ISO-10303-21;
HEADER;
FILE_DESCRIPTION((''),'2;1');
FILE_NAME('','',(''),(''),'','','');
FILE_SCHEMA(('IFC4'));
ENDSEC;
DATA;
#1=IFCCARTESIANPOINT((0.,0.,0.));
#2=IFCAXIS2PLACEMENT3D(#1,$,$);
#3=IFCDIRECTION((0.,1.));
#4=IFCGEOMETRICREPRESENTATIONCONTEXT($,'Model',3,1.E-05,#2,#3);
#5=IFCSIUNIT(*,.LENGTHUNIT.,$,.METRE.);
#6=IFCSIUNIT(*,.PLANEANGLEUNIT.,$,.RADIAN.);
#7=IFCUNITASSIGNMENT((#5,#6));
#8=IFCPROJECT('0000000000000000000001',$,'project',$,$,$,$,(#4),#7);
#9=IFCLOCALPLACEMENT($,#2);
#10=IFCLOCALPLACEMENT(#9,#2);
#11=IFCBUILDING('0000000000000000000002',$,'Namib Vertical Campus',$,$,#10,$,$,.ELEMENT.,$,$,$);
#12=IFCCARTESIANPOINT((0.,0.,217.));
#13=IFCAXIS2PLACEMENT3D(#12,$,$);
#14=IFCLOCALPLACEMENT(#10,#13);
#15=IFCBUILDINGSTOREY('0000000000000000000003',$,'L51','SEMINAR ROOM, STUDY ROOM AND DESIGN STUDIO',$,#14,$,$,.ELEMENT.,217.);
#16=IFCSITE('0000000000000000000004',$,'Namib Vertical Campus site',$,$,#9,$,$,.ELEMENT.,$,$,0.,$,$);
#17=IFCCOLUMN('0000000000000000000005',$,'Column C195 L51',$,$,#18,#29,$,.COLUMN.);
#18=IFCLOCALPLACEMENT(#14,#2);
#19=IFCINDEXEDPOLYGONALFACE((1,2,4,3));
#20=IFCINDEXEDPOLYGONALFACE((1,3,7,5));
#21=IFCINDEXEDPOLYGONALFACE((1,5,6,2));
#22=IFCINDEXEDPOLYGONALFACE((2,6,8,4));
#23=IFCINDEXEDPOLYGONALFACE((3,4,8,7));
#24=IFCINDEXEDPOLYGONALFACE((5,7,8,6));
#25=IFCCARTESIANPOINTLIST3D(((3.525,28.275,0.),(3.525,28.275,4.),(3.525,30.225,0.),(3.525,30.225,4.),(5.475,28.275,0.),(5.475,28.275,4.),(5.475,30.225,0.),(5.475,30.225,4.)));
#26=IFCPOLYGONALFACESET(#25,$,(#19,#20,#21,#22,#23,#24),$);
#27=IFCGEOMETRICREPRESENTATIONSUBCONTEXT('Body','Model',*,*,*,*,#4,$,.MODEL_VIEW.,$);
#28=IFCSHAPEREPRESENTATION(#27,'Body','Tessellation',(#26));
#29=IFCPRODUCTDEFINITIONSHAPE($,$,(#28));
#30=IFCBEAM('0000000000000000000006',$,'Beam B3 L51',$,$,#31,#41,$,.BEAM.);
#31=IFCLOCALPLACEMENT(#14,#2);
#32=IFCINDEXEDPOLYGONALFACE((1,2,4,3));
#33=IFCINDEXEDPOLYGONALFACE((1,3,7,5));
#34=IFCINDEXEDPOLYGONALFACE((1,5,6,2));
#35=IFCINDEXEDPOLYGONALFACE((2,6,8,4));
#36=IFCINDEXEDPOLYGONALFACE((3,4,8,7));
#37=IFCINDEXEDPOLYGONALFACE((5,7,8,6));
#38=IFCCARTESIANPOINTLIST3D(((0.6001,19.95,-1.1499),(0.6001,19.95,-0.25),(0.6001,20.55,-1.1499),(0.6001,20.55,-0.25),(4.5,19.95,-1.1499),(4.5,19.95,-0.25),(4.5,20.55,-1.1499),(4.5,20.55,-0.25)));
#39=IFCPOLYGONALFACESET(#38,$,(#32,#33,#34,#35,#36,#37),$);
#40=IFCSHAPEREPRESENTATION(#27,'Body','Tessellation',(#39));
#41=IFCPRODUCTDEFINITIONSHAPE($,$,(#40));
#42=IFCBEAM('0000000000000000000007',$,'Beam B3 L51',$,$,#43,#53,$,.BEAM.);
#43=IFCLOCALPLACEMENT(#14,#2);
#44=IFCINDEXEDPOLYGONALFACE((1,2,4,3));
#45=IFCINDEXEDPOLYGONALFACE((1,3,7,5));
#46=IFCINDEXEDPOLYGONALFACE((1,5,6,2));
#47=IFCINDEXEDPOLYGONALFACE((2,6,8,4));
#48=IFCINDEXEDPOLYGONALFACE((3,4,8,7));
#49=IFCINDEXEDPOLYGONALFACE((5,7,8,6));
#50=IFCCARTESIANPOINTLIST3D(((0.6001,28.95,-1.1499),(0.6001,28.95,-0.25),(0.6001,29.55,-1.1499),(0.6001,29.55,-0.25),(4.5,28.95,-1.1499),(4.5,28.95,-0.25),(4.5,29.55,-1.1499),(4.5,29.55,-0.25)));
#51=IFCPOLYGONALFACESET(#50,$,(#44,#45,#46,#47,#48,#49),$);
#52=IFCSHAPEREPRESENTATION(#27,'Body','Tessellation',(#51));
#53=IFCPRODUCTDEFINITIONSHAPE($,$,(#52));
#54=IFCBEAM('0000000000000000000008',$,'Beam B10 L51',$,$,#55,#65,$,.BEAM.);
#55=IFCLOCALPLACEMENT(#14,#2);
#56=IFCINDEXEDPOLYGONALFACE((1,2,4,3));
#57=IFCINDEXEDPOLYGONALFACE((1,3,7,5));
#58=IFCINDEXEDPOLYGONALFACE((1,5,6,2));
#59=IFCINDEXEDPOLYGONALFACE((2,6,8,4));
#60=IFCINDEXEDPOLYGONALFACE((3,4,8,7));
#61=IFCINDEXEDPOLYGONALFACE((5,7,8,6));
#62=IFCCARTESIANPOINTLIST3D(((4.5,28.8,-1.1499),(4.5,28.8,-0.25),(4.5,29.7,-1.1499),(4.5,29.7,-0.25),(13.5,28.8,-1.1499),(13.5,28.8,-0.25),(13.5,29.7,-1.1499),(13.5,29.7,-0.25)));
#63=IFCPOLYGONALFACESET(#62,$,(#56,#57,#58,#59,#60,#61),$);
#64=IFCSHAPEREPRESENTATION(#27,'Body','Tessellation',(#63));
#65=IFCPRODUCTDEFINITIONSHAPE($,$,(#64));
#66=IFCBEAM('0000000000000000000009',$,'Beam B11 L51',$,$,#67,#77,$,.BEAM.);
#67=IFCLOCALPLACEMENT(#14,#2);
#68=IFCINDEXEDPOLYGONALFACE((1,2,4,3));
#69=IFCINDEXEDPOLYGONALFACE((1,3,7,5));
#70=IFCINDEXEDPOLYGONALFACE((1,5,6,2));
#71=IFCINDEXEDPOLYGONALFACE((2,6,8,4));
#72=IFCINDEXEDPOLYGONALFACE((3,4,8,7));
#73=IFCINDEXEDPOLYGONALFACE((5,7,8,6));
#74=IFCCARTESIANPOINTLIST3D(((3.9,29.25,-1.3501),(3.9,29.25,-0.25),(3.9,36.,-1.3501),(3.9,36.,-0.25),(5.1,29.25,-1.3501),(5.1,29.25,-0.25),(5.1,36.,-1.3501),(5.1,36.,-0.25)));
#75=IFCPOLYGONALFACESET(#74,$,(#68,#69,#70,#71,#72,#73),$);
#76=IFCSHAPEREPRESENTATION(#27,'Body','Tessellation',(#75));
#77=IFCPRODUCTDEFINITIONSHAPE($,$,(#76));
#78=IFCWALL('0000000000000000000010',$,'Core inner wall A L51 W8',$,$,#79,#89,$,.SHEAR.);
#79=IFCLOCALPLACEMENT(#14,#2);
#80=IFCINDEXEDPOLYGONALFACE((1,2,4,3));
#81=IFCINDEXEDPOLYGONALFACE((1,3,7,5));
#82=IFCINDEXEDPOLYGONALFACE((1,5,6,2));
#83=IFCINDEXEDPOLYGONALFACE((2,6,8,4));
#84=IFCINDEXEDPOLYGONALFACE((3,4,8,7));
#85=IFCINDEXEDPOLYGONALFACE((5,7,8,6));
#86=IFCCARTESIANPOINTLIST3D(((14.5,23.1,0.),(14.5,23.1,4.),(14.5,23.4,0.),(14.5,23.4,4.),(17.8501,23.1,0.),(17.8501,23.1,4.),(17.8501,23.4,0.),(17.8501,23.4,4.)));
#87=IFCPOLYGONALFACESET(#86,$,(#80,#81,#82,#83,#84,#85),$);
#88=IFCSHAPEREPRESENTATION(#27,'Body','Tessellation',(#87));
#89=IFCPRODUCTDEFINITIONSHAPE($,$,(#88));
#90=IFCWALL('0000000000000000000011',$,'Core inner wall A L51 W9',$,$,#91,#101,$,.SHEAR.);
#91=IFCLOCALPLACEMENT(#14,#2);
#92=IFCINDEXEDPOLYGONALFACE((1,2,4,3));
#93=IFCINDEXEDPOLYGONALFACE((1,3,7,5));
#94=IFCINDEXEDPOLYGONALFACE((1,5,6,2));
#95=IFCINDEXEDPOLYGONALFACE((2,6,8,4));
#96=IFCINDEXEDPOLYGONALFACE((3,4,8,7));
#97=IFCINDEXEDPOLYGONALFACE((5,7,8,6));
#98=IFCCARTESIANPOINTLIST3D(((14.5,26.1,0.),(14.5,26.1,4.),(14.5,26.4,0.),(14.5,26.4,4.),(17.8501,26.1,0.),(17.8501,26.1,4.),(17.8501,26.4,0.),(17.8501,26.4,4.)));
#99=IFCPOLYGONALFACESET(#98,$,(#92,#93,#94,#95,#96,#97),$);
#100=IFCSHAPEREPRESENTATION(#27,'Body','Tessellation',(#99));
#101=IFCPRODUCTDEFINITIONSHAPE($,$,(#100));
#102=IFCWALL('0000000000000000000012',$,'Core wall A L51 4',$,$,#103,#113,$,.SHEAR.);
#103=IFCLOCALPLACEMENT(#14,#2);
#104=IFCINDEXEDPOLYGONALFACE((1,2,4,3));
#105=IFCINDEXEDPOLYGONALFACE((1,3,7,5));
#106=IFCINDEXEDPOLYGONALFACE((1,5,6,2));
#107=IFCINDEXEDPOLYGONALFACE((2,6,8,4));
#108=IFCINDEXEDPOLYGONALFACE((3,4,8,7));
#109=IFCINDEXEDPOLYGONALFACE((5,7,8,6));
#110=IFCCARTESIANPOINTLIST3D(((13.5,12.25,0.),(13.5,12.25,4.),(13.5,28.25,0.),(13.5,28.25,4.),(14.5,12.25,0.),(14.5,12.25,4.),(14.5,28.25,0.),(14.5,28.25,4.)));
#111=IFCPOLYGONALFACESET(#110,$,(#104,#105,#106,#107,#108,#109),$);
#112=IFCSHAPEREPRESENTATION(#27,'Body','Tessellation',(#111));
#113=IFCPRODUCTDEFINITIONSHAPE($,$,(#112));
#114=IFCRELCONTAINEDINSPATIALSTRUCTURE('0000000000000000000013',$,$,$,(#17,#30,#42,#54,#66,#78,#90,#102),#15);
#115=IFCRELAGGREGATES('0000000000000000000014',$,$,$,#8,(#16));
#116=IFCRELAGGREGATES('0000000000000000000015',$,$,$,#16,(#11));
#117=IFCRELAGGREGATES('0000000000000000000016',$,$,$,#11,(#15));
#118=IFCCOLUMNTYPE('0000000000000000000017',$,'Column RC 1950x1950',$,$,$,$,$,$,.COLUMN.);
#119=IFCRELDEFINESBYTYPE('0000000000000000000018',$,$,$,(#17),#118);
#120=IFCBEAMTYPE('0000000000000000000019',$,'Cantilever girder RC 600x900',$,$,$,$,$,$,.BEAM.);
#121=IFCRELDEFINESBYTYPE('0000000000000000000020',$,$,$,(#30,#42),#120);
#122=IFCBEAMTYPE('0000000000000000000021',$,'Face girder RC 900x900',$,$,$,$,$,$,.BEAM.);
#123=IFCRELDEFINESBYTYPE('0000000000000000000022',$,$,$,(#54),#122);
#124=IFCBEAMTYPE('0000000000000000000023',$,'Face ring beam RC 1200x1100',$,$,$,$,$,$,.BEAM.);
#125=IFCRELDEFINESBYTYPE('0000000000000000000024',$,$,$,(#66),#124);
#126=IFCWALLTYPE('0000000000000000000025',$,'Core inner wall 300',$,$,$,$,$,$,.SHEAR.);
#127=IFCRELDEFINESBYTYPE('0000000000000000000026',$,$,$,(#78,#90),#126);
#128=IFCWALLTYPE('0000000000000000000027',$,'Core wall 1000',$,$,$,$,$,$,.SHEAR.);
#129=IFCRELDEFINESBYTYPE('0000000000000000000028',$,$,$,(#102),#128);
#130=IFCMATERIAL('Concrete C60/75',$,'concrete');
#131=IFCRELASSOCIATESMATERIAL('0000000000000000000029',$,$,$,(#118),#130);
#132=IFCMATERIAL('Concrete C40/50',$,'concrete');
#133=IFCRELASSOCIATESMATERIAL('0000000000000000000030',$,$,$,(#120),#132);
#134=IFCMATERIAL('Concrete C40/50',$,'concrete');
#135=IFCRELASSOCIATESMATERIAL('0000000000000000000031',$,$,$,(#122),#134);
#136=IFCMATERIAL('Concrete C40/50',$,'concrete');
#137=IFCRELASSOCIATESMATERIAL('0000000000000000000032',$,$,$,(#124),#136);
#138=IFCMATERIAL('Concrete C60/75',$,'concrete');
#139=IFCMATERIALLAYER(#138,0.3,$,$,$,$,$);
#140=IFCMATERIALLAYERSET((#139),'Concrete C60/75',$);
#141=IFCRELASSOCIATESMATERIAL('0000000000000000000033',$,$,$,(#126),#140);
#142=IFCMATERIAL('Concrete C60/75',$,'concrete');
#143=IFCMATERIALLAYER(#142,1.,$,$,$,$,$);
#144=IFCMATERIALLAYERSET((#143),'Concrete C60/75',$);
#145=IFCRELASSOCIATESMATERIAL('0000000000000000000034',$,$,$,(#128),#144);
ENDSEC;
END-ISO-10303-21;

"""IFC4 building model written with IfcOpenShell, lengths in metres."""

from ifc_helpers import new_model, si_unit, direction, frame, frame_2d, origin, origin_2d, place, context, subcontext, project, spatial, rectangle, extrude, material, layer, layer_set, material_profile, profile_set, type_object, element, save


model = new_model("IFC4")

# Units and contexts
model_context = context("Model", 3, precision=1e-05, world=origin(), true_north=direction((0.0, 1.0)))
body_context = subcontext(model_context, "Body", "Model", "MODEL_VIEW")
ifc_project = project(units=[si_unit("LENGTHUNIT", "METRE"), si_unit("PLANEANGLEUNIT", "RADIAN")], contexts=[model_context])

# Site, building, storey
site_placement = place(None, origin())
site = spatial("IfcSite", under=ifc_project, at=site_placement, Name="Namib Vertical Campus site", CompositionType="ELEMENT", RefElevation=0.0)
building_placement = place(site_placement, origin())
building = spatial("IfcBuilding", under=site, at=building_placement, Name="Namib Vertical Campus", CompositionType="ELEMENT")
storey_placement = place(building_placement, frame((0.0, 0.0, 217.0)))
storey = spatial("IfcBuildingStorey", under=building, at=storey_placement, Name="L51", Description="SEMINAR ROOM, STUDY ROOM AND DESIGN STUDIO", CompositionType="ELEMENT", Elevation=217.0)

# Column
ifc_material_1 = material(Name="Concrete C60/75", Category="concrete")
ifc_material_profile_1 = material_profile(ifc_material_1, rectangle(XDim=1.95, YDim=1.95, at=origin_2d()))
ifc_profile_set_1 = profile_set([ifc_material_profile_1], Name="Concrete C60/75")
column_type = type_object("IfcColumnType", Name="Column RC 1950x1950", PredefinedType="COLUMN", material=ifc_profile_set_1)
column_placement = place(storey_placement, frame((4.5, 29.25, 0.0), z_axis=(0.0, 0.0, 1.0), x_axis=(1.0, 0.0, 0.0)))
element("IfcColumn", 1, at=column_placement, inside=storey, type_object=column_type, Name="Column C195 L51", PredefinedType="COLUMN", context=body_context, shape_type="SweptSolid", body=[
    extrude(rectangle(XDim=1.95, YDim=1.95, at=origin_2d()), origin(), (0.0, 0.0, 1.0), 4.0),
])

# Beams
ifc_material_2 = material(Name="Concrete C40/50", Category="concrete")
ifc_material_profile_2 = material_profile(ifc_material_2, rectangle(XDim=0.6001, YDim=0.8999, at=origin_2d()))
ifc_profile_set_2 = profile_set([ifc_material_profile_2], Name="Concrete C40/50")
beam_type_1 = type_object("IfcBeamType", Name="Cantilever girder RC 600x900", PredefinedType="BEAM", material=ifc_profile_set_2)
for number, where, z_axis, x_axis, name in (
    (2, (4.5, 20.25, -0.7), (-1.0, 0.0, 0.0), (0.0, -1.0, 0.0), "Beam B3 L51"),
    (3, (4.5, 29.25, -0.7), (-1.0, 0.0, 0.0), (0.0, -1.0, 0.0), "Beam B3 L51"),
):
    element("IfcBeam", number, at=place(storey_placement, frame(where, z_axis=z_axis, x_axis=x_axis)), inside=storey, type_object=beam_type_1, Name=name, PredefinedType="BEAM", context=body_context, shape_type="SweptSolid", body=[
        extrude(rectangle(XDim=0.6001, YDim=0.8999, at=origin_2d()), origin(), (0.0, 0.0, 1.0), 3.8999),
    ])
ifc_material_3 = material(Name="Concrete C40/50", Category="concrete")
ifc_material_profile_3 = material_profile(ifc_material_3, rectangle(XDim=0.8999, YDim=0.8999, at=origin_2d()))
ifc_profile_set_3 = profile_set([ifc_material_profile_3], Name="Concrete C40/50")
beam_type_2 = type_object("IfcBeamType", Name="Face girder RC 900x900", PredefinedType="BEAM", material=ifc_profile_set_3)
beam_1_placement = place(storey_placement, frame((4.5, 29.25, -0.7), z_axis=(1.0, 0.0, 0.0), x_axis=(0.0, 1.0, 0.0)))
element("IfcBeam", 4, at=beam_1_placement, inside=storey, type_object=beam_type_2, Name="Beam B10 L51", PredefinedType="BEAM", context=body_context, shape_type="SweptSolid", body=[
    extrude(rectangle(XDim=0.8999, YDim=0.8999, at=origin_2d()), origin(), (0.0, 0.0, 1.0), 9.0),
])
ifc_material_4 = material(Name="Concrete C40/50", Category="concrete")
ifc_material_profile_4 = material_profile(ifc_material_4, rectangle(XDim=1.2, YDim=1.1001, at=origin_2d()))
ifc_profile_set_4 = profile_set([ifc_material_profile_4], Name="Concrete C40/50")
beam_type_3 = type_object("IfcBeamType", Name="Face ring beam RC 1200x1100", PredefinedType="BEAM", material=ifc_profile_set_4)
beam_2_placement = place(storey_placement, frame((4.5, 29.25, -0.8), z_axis=(0.0, 1.0, 0.0), x_axis=(-1.0, 0.0, 0.0)))
element("IfcBeam", 5, at=beam_2_placement, inside=storey, type_object=beam_type_3, Name="Beam B11 L51", PredefinedType="BEAM", context=body_context, shape_type="SweptSolid", body=[
    extrude(rectangle(XDim=1.2, YDim=1.1001, at=origin_2d()), origin(), (0.0, 0.0, 1.0), 6.75),
])

# Walls
ifc_material_5 = material(Name="Concrete C60/75", Category="concrete")
ifc_layer_1 = layer(ifc_material_5, 0.3)
ifc_layer_set_1 = layer_set([ifc_layer_1], Name="Concrete C60/75")
wall_type_1 = type_object("IfcWallType", Name="Core inner wall 300", PredefinedType="SHEAR", material=ifc_layer_set_1)
for number, where, z_axis, x_axis, name in (
    (6, (14.5, 23.25, 0.0), (0.0, 0.0, 1.0), (1.0, 0.0, 0.0), "Core inner wall A L51 W8"),
    (7, (14.5, 26.25, 0.0), (0.0, 0.0, 1.0), (1.0, 0.0, 0.0), "Core inner wall A L51 W9"),
):
    element("IfcWall", number, at=place(storey_placement, frame(where, z_axis=z_axis, x_axis=x_axis)), inside=storey, type_object=wall_type_1, Name=name, PredefinedType="SHEAR", context=body_context, shape_type="SweptSolid", body=[
        extrude(rectangle(XDim=3.3501, YDim=0.3, at=frame_2d((1.675, 0.0))), origin(), (0.0, 0.0, 1.0), 4.0),
    ])
ifc_material_6 = material(Name="Concrete C60/75", Category="concrete")
ifc_layer_2 = layer(ifc_material_6, 1.0)
ifc_layer_set_2 = layer_set([ifc_layer_2], Name="Concrete C60/75")
wall_type_2 = type_object("IfcWallType", Name="Core wall 1000", PredefinedType="SHEAR", material=ifc_layer_set_2)
wall_1_placement = place(storey_placement, frame((14.0, 28.25, 0.0), z_axis=(0.0, 0.0, 1.0), x_axis=(0.0, -1.0, 0.0)))
element("IfcWall", 8, at=wall_1_placement, inside=storey, type_object=wall_type_2, Name="Core wall A L51 4", PredefinedType="SHEAR", context=body_context, shape_type="SweptSolid", body=[
    extrude(rectangle(XDim=16.0, YDim=1.0, at=frame_2d((8.0, 0.0))), origin(), (0.0, 0.0, 1.0), 4.0),
])

save(model, "model.ifc")
